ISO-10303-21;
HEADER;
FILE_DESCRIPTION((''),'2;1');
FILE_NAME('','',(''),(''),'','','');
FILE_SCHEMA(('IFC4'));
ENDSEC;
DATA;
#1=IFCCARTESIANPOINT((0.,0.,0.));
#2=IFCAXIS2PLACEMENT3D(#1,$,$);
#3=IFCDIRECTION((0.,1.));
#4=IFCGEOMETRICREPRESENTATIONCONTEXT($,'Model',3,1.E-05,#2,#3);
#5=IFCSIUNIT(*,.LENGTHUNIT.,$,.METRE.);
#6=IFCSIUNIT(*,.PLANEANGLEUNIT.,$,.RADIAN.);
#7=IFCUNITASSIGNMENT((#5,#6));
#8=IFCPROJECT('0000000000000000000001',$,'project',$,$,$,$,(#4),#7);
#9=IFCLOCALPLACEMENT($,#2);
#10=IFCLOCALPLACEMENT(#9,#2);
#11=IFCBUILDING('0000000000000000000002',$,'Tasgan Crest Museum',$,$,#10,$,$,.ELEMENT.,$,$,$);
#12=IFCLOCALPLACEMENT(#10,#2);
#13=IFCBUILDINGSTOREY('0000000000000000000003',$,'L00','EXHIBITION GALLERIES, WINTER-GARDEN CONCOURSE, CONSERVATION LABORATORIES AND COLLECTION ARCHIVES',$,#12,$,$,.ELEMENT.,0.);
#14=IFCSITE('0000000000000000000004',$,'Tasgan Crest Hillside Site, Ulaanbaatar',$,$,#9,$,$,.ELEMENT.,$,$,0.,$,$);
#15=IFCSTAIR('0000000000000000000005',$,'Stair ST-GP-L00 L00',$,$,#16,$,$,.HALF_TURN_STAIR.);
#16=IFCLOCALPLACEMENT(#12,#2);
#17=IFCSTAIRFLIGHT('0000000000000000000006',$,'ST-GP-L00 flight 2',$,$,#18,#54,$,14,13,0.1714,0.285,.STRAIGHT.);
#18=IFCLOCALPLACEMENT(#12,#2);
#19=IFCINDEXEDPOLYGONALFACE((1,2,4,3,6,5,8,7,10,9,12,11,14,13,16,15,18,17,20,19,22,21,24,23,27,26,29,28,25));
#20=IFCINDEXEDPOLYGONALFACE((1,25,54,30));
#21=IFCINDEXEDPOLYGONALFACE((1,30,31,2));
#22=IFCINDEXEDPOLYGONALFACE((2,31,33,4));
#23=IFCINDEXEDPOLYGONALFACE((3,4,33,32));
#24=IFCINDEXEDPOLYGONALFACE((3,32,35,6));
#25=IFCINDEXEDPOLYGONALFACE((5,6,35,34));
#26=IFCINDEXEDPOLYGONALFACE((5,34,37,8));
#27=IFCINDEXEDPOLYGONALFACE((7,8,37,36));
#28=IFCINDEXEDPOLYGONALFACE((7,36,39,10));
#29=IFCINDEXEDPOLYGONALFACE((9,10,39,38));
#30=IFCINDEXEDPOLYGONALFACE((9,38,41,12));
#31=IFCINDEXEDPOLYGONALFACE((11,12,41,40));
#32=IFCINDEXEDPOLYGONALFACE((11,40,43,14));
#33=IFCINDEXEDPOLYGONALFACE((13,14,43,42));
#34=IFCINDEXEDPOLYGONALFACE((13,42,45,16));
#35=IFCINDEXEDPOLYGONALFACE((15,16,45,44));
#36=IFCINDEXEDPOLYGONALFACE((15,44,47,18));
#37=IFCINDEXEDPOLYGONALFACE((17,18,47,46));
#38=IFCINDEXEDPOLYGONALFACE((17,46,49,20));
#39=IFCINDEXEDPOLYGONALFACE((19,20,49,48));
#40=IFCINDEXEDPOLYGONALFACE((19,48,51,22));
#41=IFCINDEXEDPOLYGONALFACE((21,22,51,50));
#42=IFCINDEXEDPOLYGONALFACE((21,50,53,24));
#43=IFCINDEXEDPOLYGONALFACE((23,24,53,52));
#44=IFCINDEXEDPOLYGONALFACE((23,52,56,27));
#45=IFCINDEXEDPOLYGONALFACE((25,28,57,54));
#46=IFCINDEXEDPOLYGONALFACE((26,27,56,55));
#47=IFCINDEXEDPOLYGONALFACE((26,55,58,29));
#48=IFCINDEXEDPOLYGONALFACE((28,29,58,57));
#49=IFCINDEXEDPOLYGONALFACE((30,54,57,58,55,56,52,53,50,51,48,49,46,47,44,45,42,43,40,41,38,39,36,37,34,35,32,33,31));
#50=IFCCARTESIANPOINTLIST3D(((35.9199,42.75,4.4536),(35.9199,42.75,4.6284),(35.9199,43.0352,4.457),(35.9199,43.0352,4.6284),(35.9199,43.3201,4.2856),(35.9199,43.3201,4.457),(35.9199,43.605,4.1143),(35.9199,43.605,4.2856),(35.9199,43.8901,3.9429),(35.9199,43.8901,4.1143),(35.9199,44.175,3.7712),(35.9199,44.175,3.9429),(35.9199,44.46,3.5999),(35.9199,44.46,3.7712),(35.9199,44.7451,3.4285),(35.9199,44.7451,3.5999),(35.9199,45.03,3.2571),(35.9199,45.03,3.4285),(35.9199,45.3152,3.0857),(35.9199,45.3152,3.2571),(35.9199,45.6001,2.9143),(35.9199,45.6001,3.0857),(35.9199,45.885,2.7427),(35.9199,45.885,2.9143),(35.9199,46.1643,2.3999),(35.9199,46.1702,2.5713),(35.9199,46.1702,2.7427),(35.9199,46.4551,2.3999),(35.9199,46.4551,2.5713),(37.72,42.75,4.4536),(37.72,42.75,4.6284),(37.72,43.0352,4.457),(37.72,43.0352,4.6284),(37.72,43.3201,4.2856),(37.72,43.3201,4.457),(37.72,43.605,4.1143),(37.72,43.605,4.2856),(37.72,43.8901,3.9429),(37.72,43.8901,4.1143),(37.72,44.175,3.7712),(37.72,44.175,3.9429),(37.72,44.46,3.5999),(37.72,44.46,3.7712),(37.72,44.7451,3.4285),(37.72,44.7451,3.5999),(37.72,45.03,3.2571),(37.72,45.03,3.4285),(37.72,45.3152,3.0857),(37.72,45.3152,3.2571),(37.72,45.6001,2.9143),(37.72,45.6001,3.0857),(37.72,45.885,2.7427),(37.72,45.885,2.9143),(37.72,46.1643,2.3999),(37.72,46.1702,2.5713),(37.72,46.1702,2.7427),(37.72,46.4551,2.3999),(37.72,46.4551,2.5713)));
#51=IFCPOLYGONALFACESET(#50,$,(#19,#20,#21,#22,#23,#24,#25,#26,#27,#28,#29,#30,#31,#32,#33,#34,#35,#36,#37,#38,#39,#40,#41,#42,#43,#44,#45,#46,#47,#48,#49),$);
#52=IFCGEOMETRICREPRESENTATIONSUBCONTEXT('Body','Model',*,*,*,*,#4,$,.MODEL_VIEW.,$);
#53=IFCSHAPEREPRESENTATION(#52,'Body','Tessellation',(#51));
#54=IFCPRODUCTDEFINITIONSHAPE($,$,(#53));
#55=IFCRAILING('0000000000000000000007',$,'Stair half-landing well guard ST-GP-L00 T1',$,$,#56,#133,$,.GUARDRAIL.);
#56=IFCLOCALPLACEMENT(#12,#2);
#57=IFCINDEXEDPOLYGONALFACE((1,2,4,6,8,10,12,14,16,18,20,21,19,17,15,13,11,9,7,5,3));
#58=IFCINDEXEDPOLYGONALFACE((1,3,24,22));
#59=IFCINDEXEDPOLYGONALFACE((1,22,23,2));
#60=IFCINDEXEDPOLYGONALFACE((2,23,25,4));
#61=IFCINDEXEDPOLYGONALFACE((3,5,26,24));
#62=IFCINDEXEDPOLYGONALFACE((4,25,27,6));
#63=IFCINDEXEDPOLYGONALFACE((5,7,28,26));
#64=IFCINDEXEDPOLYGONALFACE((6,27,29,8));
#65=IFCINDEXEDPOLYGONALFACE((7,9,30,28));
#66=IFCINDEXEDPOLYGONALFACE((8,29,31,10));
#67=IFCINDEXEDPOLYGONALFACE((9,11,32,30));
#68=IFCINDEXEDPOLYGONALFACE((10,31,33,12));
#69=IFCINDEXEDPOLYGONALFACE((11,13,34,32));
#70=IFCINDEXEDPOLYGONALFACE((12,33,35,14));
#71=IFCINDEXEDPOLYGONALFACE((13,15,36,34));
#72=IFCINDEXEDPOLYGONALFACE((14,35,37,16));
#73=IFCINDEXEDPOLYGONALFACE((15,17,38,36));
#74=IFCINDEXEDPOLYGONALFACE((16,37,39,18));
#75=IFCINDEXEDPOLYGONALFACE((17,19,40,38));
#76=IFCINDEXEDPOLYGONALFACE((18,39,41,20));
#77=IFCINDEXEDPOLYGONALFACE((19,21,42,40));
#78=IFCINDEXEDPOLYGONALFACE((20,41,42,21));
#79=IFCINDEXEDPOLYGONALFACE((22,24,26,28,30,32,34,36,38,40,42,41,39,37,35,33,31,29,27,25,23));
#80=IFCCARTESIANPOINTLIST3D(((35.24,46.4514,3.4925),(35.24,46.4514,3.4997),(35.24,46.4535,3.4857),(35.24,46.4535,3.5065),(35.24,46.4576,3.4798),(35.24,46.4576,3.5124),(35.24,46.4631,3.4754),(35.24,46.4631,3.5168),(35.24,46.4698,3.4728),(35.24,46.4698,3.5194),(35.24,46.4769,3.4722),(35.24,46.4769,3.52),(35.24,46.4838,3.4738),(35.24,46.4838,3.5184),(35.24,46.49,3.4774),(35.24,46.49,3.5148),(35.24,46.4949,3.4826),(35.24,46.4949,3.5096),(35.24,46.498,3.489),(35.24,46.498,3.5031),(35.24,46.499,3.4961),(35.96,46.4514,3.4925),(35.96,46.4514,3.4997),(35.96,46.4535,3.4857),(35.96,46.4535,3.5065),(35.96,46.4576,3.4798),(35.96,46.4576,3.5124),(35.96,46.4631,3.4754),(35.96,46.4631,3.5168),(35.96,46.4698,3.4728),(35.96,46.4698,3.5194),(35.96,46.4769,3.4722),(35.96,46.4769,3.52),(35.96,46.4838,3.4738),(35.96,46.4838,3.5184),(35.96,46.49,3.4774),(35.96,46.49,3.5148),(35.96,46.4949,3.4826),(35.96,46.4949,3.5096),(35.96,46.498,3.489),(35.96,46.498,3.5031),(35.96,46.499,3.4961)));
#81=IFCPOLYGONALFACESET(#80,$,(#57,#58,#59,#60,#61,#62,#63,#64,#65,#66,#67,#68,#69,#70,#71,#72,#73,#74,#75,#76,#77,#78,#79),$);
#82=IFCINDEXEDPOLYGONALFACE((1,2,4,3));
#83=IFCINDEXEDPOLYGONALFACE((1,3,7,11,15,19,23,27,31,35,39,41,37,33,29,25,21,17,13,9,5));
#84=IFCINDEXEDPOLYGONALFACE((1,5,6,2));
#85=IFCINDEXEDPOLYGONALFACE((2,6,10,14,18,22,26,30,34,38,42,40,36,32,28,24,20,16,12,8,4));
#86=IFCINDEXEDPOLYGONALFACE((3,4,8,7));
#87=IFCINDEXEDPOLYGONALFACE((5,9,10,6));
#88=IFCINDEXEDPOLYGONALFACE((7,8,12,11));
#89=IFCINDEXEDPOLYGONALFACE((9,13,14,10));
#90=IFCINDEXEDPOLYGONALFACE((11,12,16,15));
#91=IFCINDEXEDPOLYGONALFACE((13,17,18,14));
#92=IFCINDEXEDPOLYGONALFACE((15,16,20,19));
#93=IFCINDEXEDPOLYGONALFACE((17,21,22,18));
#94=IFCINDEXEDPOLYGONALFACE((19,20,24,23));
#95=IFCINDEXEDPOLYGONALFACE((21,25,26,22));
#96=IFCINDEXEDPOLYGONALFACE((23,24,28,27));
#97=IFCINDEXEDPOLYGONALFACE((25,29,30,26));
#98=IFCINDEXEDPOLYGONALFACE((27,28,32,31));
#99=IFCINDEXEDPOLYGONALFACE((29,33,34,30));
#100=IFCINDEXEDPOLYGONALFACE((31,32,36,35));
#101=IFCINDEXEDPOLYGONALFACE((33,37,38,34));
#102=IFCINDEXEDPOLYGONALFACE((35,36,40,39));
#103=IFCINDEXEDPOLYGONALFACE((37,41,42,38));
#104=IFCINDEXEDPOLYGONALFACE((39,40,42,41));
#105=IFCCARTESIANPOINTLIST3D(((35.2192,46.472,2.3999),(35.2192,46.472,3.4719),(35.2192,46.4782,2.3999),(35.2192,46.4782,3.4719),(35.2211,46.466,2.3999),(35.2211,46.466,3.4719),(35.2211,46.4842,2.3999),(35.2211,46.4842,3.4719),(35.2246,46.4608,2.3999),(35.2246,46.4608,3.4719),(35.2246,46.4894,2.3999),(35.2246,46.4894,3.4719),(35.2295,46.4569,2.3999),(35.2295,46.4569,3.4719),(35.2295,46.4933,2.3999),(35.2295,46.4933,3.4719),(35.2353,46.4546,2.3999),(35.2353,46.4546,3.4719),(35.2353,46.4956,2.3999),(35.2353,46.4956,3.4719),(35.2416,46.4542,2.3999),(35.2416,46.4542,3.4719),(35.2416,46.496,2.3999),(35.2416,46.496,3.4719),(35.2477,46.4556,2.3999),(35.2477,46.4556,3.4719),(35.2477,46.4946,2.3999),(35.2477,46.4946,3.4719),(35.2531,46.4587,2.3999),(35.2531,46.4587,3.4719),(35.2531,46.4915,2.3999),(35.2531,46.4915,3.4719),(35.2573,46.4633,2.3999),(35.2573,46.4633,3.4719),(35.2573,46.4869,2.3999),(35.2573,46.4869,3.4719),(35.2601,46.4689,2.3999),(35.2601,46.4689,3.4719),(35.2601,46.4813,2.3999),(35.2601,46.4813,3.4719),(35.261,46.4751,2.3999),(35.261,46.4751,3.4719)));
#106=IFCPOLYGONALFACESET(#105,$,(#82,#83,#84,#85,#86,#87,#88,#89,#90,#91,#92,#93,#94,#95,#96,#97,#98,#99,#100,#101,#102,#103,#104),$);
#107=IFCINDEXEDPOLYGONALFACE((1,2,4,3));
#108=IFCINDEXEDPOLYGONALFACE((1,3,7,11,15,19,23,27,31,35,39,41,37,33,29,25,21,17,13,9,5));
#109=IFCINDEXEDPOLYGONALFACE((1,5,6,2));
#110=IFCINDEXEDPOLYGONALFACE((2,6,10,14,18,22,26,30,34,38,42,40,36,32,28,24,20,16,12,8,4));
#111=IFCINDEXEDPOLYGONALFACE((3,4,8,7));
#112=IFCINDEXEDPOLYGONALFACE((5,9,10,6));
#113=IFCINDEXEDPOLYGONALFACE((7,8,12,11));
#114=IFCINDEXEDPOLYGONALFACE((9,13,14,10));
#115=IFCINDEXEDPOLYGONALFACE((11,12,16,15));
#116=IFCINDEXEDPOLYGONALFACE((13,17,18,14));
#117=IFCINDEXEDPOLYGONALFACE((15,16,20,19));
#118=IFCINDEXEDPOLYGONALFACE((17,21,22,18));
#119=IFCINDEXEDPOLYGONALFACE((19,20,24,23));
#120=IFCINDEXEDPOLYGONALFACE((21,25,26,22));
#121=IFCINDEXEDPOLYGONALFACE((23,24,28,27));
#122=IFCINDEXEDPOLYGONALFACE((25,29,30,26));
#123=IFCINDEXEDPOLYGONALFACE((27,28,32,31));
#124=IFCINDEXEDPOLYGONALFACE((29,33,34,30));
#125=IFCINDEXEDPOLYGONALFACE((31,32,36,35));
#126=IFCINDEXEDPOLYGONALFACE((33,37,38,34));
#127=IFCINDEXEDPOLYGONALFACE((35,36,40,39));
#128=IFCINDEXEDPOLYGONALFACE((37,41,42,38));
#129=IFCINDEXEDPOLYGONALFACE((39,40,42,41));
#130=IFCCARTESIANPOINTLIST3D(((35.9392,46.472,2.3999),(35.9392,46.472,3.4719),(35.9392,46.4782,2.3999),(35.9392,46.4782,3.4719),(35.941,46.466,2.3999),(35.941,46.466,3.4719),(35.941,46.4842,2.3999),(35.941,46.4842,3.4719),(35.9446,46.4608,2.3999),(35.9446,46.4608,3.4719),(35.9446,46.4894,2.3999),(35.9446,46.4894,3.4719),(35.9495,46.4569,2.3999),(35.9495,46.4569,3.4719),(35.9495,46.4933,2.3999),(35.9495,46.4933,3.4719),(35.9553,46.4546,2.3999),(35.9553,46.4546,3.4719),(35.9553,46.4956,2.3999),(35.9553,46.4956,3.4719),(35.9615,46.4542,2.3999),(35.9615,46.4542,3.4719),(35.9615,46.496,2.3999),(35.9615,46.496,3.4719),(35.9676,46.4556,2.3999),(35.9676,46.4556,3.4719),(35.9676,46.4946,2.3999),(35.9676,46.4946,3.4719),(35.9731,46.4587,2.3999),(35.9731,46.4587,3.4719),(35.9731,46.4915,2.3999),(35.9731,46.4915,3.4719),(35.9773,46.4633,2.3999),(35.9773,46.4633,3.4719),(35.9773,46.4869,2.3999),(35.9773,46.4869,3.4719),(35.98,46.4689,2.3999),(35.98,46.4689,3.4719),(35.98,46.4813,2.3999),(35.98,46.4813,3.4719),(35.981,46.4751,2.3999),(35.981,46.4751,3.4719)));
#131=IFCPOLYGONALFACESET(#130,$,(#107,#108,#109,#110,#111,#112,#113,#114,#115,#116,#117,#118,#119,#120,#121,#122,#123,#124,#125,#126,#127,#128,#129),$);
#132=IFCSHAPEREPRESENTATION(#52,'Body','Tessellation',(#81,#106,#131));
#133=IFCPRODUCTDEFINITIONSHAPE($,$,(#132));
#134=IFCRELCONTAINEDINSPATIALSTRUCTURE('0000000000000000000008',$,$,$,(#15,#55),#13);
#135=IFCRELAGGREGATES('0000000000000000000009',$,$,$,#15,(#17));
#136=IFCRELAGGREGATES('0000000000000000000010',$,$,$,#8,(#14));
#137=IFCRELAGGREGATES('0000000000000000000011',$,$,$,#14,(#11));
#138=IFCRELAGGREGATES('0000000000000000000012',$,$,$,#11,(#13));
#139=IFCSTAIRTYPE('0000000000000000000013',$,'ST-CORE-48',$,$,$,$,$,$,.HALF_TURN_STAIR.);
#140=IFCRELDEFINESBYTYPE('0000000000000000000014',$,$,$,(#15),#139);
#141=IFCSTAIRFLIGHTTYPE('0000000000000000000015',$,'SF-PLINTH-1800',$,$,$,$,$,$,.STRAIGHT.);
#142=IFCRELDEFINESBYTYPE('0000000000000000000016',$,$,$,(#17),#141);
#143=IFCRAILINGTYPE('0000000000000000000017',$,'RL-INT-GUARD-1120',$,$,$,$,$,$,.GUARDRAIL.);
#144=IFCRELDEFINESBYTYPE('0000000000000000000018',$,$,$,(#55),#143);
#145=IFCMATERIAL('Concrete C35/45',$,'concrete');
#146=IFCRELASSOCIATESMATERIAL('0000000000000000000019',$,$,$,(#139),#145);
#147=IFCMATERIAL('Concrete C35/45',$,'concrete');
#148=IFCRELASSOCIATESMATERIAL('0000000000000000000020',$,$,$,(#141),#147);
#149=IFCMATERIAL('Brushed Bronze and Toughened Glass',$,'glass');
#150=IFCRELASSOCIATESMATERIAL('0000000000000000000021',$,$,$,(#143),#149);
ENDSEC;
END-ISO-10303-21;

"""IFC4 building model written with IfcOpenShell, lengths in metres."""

from ifc_helpers import new_model, si_unit, direction, frame, origin, origin_2d, place, context, subcontext, project, spatial, polyline, circle, outline, extrude, material, type_object, element, aggregate, save


model = new_model("IFC4")

# Units and contexts
model_context = context("Model", 3, precision=1e-05, world=origin(), true_north=direction((0.0, 1.0)))
body_context = subcontext(model_context, "Body", "Model", "MODEL_VIEW")
ifc_project = project(units=[si_unit("LENGTHUNIT", "METRE"), si_unit("PLANEANGLEUNIT", "RADIAN")], contexts=[model_context])

# Site, building, storey
site_placement = place(None, origin())
site = spatial("IfcSite", under=ifc_project, at=site_placement, Name="Tasgan Crest Hillside Site, Ulaanbaatar", CompositionType="ELEMENT", RefElevation=0.0)
building_placement = place(site_placement, origin())
building = spatial("IfcBuilding", under=site, at=building_placement, Name="Tasgan Crest Museum", CompositionType="ELEMENT")
storey_placement = place(building_placement, origin())
storey = spatial("IfcBuildingStorey", under=building, at=storey_placement, Name="L00", Description="EXHIBITION GALLERIES, WINTER-GARDEN CONCOURSE, CONSERVATION LABORATORIES AND COLLECTION ARCHIVES", CompositionType="ELEMENT", Elevation=0.0)

# Stair, stair flight
ifc_material_1 = material(Name="Concrete C35/45", Category="concrete")
stair_type = type_object("IfcStairType", Name="ST-CORE-48", PredefinedType="HALF_TURN_STAIR", material=ifc_material_1)
stair_placement = place(storey_placement, origin())
stair = element("IfcStair", 1, at=stair_placement, inside=storey, type_object=stair_type, Name="Stair ST-GP-L00 L00", PredefinedType="HALF_TURN_STAIR")
ifc_material_2 = material(Name="Concrete C35/45", Category="concrete")
stair_flight_type = type_object("IfcStairFlightType", Name="SF-PLINTH-1800", PredefinedType="STRAIGHT", material=ifc_material_2)
stair_flight_1_placement = place(storey_placement, frame((36.8201, 46.4551, 2.3999), z_axis=(0.0, 0.0, 1.0), x_axis=(0.0, -1.0, 0.0)))
stair_flight_1 = element("IfcStairFlight", 2, at=stair_flight_1_placement, type_object=stair_flight_type, Name="ST-GP-L00 flight 2", NumberOfRisers=14, NumberOfTreads=13, PredefinedType="STRAIGHT", RiserHeight=0.1714, TreadLength=0.285, context=body_context, shape_type="SweptSolid", body=[
    extrude(outline(polyline([(0.0, 0.0), (0.0, 0.1714), (0.2849, 0.1714), (0.2849, 0.3428), (0.5701, 0.3428), (0.5701, 0.5144), (0.855, 0.5144), (0.855, 0.6858), (1.1399, 0.6858), (1.1399, 0.8572), (1.425, 0.8572), (1.425, 1.0286), (1.71, 1.0286), (1.71, 1.2), (1.9951, 1.2), (1.9951, 1.3713), (2.28, 1.3713), (2.28, 1.543), (2.5649, 1.543), (2.5649, 1.7144), (2.8501, 1.7144), (2.8501, 1.8857), (3.135, 1.8857), (3.135, 2.0571), (3.4199, 2.0571), (3.4199, 2.2285), (3.7051, 2.2285), (3.7051, 2.3999), (3.7051, 2.0537), (0.2908, 0.0), (0.0, 0.0)])), frame((0.0, 0.8999, 0.0), z_axis=(0.0, -1.0, 0.0), x_axis=(1.0, 0.0, 0.0)), (0.0, 0.0, 1.0), 1.8),
])
aggregate(stair, [stair_flight_1])

# Railing
ifc_material_3 = material(Name="Brushed Bronze and Toughened Glass", Category="glass")
railing_type_1 = type_object("IfcRailingType", Name="RL-INT-GUARD-1120", PredefinedType="GUARDRAIL", material=ifc_material_3)
railing_1_placement = place(storey_placement, frame((35.24, 46.4751, 2.3999)))
element("IfcRailing", 3, at=railing_1_placement, inside=storey, type_object=railing_type_1, Name="Stair half-landing well guard ST-GP-L00 T1", PredefinedType="GUARDRAIL", context=body_context, shape_type="SweptSolid", body=[
    extrude(circle(Radius=0.0239, at=origin_2d()), frame((0.0, 0.0, 1.0962), z_axis=(1.0, 0.0, 0.0), x_axis=(0.0, 1.0, 0.0)), (0.0, 0.0, 1.0), 0.72),
    extrude(circle(Radius=0.021, at=origin_2d()), origin(), (0.0, 0.0, 1.0), 1.072),
    extrude(circle(Radius=0.021, at=origin_2d()), frame((0.72, 0.0, 0.0)), (0.0, 0.0, 1.0), 1.072),
])

save(model, "model.ifc")
